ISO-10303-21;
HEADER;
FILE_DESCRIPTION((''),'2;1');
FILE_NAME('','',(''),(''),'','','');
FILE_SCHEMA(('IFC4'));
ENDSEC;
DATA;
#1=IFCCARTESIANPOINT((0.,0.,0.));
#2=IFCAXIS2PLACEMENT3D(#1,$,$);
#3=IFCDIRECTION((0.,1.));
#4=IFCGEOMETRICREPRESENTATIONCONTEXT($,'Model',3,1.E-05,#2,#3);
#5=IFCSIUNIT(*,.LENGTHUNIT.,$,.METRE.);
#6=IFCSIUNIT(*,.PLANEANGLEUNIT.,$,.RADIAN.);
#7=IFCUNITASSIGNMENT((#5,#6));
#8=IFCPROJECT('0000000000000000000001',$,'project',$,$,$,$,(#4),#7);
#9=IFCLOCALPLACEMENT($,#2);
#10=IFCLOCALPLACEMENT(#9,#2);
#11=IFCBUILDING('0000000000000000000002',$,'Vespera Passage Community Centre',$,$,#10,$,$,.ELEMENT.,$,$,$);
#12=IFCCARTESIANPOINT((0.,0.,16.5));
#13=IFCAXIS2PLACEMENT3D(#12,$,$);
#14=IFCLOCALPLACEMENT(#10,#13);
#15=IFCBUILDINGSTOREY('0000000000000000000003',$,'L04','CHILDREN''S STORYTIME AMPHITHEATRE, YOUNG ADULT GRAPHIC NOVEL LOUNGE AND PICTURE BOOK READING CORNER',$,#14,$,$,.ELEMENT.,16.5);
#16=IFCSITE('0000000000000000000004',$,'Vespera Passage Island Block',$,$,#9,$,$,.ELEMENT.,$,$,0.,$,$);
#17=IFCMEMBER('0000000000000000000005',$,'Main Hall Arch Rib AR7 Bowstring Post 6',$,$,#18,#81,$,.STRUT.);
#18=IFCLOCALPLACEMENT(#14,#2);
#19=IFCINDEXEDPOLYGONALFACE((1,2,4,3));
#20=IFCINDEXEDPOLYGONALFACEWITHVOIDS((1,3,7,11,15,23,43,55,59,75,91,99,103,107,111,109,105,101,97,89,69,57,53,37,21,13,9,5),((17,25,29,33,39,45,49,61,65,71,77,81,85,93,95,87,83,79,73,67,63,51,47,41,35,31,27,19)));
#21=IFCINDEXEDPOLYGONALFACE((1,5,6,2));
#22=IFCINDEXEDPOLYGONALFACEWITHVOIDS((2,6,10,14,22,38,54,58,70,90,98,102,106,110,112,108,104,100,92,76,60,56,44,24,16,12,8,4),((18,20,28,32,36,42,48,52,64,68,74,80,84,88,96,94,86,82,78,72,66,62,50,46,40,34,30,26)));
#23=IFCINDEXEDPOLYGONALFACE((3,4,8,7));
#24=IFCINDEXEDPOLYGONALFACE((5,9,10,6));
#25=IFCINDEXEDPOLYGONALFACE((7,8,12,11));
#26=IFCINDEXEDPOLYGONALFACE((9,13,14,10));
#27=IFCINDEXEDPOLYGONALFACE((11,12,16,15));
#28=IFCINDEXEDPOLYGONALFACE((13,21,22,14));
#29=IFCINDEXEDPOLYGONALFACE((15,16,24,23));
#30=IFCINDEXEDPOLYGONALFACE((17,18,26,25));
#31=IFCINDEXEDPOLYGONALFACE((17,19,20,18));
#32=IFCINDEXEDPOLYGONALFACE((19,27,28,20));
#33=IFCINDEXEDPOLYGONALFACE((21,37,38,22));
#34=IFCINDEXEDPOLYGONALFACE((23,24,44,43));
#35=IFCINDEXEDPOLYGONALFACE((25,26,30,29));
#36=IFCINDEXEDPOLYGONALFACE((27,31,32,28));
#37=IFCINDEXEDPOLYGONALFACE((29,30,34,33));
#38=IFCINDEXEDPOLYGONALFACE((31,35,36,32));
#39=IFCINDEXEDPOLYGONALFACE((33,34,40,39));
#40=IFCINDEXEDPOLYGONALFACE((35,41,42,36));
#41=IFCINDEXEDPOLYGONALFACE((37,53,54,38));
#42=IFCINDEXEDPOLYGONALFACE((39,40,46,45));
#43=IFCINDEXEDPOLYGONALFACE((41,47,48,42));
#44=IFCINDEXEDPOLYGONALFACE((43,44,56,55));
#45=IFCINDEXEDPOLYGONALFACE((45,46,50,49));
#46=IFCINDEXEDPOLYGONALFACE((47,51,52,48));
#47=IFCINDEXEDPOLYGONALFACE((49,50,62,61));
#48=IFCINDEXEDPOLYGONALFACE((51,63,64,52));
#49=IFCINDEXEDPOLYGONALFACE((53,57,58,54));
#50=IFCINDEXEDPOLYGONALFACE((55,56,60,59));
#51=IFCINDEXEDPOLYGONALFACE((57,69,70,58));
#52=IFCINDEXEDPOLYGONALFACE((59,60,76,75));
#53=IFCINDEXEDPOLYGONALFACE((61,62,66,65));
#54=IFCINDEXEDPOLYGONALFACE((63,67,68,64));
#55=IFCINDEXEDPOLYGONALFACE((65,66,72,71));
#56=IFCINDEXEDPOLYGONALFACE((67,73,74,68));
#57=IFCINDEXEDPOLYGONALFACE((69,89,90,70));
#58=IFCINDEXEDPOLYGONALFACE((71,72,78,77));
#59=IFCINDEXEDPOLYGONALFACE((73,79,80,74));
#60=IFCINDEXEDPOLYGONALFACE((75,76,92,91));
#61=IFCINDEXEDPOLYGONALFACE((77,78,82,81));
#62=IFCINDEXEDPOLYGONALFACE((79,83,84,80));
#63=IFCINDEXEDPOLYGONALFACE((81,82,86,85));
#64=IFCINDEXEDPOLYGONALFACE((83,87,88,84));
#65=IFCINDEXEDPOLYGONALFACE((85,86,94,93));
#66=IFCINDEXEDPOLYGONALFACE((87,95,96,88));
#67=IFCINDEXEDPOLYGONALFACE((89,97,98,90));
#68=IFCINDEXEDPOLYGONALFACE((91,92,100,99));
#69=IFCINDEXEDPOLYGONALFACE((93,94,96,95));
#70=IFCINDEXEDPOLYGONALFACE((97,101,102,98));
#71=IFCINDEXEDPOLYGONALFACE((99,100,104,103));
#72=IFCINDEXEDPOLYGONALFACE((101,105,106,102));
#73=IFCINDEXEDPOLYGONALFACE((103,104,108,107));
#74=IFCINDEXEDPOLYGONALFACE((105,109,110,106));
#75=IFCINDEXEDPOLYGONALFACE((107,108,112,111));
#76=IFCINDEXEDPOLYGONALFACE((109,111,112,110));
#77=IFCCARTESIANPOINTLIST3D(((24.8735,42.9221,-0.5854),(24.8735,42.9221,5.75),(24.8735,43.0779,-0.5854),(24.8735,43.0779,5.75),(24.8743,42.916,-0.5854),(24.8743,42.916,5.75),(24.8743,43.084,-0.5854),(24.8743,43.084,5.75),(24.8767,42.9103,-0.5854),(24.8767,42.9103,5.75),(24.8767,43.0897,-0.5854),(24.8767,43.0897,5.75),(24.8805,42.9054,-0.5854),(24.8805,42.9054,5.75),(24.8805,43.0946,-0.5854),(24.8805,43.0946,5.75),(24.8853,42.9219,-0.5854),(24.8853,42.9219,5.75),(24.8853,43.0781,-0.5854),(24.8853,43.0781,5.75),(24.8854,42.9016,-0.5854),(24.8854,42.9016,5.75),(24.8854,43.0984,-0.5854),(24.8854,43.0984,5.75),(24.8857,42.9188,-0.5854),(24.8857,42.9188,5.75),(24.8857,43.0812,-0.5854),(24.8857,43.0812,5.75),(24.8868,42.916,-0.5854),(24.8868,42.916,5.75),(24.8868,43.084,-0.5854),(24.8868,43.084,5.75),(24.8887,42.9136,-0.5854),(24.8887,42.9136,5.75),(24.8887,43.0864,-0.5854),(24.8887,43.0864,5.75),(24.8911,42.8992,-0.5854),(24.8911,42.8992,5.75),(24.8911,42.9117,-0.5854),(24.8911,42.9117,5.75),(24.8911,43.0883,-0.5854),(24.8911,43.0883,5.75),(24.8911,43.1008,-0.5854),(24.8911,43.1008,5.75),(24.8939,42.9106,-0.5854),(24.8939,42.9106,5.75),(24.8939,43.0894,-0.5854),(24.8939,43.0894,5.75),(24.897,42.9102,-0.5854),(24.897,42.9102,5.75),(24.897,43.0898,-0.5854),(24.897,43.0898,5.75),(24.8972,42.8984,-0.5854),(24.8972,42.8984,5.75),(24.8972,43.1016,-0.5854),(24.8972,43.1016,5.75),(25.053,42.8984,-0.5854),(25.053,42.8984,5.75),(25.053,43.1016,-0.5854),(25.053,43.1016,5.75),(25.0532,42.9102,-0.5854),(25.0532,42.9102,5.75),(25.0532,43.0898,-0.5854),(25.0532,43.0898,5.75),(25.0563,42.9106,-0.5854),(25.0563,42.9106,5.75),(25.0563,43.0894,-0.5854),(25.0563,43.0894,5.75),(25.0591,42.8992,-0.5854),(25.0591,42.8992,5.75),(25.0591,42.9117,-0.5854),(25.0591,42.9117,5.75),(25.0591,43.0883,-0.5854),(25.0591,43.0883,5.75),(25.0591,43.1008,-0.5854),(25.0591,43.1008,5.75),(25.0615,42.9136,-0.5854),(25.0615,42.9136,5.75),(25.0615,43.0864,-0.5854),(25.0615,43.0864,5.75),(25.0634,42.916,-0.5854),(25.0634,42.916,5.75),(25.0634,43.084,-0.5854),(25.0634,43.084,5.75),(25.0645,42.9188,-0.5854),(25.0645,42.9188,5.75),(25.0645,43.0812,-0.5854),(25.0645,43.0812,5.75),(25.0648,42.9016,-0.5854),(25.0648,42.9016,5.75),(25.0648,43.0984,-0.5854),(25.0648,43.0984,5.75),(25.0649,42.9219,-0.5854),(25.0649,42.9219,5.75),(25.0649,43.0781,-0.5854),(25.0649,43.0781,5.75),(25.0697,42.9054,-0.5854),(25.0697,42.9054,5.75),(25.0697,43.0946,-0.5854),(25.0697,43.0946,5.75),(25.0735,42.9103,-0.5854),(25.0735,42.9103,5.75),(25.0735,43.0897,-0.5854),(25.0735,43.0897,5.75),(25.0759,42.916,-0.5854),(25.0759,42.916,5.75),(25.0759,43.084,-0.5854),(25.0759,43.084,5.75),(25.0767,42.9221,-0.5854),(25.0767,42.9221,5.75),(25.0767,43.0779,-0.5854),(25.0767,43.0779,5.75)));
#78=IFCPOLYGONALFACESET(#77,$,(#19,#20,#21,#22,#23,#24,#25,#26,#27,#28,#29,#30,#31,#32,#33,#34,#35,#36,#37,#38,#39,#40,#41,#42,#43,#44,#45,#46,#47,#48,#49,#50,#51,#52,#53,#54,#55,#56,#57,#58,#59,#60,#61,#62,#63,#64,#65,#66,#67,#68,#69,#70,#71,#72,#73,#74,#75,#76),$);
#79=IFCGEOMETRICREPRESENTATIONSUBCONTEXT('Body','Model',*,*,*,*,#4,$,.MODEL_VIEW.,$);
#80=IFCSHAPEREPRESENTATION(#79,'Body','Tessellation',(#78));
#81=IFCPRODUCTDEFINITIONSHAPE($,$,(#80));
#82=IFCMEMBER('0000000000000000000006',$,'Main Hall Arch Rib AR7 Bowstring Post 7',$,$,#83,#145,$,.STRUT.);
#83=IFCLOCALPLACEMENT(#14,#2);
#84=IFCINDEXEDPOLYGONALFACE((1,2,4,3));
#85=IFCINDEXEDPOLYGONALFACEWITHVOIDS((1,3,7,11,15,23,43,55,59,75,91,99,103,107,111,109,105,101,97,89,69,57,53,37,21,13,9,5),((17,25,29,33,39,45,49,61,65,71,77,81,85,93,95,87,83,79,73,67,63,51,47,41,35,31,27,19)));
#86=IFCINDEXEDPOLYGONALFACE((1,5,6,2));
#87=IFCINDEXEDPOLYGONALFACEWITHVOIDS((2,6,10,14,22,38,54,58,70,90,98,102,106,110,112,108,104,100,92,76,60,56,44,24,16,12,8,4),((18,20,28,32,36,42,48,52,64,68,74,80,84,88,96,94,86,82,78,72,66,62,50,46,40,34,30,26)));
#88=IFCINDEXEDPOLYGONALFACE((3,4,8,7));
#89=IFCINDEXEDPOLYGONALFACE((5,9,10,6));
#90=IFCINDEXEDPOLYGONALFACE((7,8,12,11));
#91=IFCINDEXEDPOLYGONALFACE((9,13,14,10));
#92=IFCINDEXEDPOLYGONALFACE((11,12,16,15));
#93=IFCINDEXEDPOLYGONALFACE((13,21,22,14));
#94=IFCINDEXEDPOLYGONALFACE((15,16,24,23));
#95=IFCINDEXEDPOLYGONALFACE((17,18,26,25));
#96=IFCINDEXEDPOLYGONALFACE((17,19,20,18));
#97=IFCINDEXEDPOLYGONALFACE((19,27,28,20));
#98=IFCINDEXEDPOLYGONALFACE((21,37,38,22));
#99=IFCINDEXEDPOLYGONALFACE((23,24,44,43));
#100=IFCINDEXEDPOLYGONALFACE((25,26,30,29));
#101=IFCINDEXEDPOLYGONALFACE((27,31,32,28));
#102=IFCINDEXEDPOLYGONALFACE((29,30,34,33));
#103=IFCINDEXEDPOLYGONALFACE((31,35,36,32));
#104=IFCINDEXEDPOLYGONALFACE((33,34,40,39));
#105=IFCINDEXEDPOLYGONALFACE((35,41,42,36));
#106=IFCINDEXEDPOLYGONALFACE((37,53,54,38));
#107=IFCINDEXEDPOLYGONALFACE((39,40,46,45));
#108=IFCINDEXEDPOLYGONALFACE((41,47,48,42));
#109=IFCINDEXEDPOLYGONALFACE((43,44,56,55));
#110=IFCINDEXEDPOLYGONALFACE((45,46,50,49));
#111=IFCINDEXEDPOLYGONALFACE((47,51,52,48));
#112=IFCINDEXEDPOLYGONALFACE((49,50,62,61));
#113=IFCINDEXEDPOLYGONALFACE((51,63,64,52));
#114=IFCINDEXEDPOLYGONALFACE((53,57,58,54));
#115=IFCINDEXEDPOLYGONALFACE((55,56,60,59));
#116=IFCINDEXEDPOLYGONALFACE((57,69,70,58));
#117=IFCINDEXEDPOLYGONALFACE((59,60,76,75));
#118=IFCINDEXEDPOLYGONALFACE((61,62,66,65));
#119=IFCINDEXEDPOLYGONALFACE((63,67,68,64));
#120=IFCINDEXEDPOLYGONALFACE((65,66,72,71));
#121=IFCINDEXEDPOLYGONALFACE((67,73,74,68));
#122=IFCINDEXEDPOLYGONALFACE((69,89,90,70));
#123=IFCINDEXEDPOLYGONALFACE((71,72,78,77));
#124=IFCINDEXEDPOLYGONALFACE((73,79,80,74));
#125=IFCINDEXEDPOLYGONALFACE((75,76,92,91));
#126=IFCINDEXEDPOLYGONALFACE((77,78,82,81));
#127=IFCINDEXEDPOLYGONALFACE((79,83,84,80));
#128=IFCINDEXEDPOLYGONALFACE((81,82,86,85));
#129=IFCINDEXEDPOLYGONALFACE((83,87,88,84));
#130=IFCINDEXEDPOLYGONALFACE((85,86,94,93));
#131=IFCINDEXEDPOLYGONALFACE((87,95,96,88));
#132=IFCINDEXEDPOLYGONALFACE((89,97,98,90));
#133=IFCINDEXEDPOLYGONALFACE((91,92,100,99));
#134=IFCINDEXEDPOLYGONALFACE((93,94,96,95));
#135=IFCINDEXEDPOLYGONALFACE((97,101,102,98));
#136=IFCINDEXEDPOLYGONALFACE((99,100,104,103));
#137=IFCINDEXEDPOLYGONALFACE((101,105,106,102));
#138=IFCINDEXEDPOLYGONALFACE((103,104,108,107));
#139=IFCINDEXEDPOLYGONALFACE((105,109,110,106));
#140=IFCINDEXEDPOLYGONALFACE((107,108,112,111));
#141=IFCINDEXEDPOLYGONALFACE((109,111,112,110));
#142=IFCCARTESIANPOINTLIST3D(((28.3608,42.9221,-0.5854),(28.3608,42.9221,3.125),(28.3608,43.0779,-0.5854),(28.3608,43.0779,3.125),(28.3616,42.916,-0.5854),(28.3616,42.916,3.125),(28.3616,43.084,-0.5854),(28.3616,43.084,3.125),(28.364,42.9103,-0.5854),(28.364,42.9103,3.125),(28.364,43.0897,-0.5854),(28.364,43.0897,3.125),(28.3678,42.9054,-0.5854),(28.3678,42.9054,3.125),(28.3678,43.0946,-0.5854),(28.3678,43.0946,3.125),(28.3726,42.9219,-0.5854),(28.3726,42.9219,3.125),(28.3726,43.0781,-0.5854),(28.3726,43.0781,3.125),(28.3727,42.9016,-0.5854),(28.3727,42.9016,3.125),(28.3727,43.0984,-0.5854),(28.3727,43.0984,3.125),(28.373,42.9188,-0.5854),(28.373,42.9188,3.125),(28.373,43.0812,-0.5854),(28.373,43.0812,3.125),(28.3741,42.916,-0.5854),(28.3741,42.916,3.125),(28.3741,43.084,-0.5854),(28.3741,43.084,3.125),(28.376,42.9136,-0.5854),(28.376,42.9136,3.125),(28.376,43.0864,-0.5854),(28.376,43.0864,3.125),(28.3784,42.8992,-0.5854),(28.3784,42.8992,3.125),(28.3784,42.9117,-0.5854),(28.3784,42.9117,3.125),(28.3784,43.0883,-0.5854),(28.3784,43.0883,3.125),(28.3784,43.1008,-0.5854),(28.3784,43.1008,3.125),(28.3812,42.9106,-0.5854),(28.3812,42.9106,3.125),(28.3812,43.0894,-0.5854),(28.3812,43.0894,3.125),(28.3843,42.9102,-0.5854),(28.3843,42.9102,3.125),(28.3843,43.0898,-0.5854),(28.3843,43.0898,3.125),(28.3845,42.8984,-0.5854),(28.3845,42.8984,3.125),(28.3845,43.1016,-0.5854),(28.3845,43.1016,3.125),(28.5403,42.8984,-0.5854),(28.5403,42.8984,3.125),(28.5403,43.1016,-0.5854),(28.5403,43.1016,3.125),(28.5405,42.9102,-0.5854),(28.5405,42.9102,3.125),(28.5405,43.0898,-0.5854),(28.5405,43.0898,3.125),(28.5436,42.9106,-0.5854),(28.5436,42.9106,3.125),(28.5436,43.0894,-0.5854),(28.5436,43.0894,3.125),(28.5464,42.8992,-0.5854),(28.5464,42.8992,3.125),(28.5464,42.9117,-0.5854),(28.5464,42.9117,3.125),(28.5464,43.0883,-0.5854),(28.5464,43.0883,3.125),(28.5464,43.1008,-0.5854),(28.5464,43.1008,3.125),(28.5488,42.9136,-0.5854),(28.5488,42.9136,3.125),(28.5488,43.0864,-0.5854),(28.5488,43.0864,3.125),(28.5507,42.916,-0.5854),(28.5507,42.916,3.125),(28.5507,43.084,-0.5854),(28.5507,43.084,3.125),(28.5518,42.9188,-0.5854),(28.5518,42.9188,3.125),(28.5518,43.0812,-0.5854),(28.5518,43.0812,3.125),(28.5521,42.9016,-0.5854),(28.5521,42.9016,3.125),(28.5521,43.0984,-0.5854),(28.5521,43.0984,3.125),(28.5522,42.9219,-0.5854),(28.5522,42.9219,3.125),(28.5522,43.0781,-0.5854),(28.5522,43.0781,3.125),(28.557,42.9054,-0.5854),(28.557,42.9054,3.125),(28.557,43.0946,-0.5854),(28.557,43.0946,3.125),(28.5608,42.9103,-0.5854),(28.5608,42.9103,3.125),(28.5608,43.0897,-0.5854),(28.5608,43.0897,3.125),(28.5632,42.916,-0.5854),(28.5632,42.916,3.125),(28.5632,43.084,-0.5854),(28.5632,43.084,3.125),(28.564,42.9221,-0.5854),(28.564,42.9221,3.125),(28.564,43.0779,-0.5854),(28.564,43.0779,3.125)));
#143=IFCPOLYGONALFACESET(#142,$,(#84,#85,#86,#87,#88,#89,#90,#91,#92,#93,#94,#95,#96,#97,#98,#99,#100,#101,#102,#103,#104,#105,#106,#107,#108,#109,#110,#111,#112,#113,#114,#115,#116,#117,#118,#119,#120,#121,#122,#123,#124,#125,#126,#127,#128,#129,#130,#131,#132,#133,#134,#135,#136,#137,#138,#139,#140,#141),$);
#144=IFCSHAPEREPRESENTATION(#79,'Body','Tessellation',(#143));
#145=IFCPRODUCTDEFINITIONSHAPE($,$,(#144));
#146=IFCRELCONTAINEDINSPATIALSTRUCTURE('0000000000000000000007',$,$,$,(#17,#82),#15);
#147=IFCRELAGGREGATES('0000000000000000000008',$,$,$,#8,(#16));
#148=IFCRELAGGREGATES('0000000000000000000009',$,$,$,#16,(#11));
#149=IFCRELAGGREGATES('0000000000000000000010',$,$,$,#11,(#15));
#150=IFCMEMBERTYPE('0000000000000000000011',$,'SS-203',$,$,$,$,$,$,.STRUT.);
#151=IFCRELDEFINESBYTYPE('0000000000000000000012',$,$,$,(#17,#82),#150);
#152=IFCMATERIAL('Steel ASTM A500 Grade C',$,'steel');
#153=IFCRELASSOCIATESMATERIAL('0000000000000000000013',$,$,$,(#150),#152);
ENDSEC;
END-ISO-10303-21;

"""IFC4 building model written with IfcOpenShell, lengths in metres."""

from ifc_helpers import new_model, si_unit, direction, frame, origin, origin_2d, place, context, subcontext, project, spatial, hollow_rectangle, extrude, material, material_profile, profile_set, type_object, element, save


model = new_model("IFC4")

# Units and contexts
model_context = context("Model", 3, precision=1e-05, world=origin(), true_north=direction((0.0, 1.0)))
body_context = subcontext(model_context, "Body", "Model", "MODEL_VIEW")
ifc_project = project(units=[si_unit("LENGTHUNIT", "METRE"), si_unit("PLANEANGLEUNIT", "RADIAN")], contexts=[model_context])

# Site, building, storey
site_placement = place(None, origin())
site = spatial("IfcSite", under=ifc_project, at=site_placement, Name="Vespera Passage Island Block", CompositionType="ELEMENT", RefElevation=0.0)
building_placement = place(site_placement, origin())
building = spatial("IfcBuilding", under=site, at=building_placement, Name="Vespera Passage Community Centre", CompositionType="ELEMENT")
storey_placement = place(building_placement, frame((0.0, 0.0, 16.5)))
storey = spatial("IfcBuildingStorey", under=building, at=storey_placement, Name="L04", Description="CHILDREN'S STORYTIME AMPHITHEATRE, YOUNG ADULT GRAPHIC NOVEL LOUNGE AND PICTURE BOOK READING CORNER", CompositionType="ELEMENT", Elevation=16.5)

# Members
ifc_material_1 = material(Name="Steel ASTM A500 Grade C", Category="steel")
ifc_material_profile_1 = material_profile(ifc_material_1, hollow_rectangle(XDim=0.2031, YDim=0.2031, WallThickness=0.0117, InnerFilletRadius=0.0117, OuterFilletRadius=0.0237, at=origin_2d()), Name="HSS203X203X12.7")
ifc_profile_set_1 = profile_set([ifc_material_profile_1], Name="Steel ASTM A500 Grade C")
member_type_1 = type_object("IfcMemberType", Name="SS-203", PredefinedType="STRUT", material=ifc_profile_set_1)
member_1_placement = place(storey_placement, frame((24.9751, 43.0, -0.5854), z_axis=(0.0, 0.0, 1.0), x_axis=(1.0, 0.0, 0.0)))
element("IfcMember", 1, at=member_1_placement, inside=storey, type_object=member_type_1, Name="Main Hall Arch Rib AR7 Bowstring Post 6", PredefinedType="STRUT", context=body_context, shape_type="SweptSolid", body=[
    extrude(hollow_rectangle(XDim=0.2031, YDim=0.2031, WallThickness=0.0117, InnerFilletRadius=0.0117, OuterFilletRadius=0.0237, at=origin_2d()), origin(), (0.0, 0.0, 1.0), 6.3354),
])
member_2_placement = place(storey_placement, frame((28.4624, 43.0, -0.5854), z_axis=(0.0, 0.0, 1.0), x_axis=(1.0, 0.0, 0.0)))
element("IfcMember", 2, at=member_2_placement, inside=storey, type_object=member_type_1, Name="Main Hall Arch Rib AR7 Bowstring Post 7", PredefinedType="STRUT", context=body_context, shape_type="SweptSolid", body=[
    extrude(hollow_rectangle(XDim=0.2031, YDim=0.2031, WallThickness=0.0117, InnerFilletRadius=0.0117, OuterFilletRadius=0.0237, at=origin_2d()), origin(), (0.0, 0.0, 1.0), 3.7104),
])

save(model, "model.ifc")
